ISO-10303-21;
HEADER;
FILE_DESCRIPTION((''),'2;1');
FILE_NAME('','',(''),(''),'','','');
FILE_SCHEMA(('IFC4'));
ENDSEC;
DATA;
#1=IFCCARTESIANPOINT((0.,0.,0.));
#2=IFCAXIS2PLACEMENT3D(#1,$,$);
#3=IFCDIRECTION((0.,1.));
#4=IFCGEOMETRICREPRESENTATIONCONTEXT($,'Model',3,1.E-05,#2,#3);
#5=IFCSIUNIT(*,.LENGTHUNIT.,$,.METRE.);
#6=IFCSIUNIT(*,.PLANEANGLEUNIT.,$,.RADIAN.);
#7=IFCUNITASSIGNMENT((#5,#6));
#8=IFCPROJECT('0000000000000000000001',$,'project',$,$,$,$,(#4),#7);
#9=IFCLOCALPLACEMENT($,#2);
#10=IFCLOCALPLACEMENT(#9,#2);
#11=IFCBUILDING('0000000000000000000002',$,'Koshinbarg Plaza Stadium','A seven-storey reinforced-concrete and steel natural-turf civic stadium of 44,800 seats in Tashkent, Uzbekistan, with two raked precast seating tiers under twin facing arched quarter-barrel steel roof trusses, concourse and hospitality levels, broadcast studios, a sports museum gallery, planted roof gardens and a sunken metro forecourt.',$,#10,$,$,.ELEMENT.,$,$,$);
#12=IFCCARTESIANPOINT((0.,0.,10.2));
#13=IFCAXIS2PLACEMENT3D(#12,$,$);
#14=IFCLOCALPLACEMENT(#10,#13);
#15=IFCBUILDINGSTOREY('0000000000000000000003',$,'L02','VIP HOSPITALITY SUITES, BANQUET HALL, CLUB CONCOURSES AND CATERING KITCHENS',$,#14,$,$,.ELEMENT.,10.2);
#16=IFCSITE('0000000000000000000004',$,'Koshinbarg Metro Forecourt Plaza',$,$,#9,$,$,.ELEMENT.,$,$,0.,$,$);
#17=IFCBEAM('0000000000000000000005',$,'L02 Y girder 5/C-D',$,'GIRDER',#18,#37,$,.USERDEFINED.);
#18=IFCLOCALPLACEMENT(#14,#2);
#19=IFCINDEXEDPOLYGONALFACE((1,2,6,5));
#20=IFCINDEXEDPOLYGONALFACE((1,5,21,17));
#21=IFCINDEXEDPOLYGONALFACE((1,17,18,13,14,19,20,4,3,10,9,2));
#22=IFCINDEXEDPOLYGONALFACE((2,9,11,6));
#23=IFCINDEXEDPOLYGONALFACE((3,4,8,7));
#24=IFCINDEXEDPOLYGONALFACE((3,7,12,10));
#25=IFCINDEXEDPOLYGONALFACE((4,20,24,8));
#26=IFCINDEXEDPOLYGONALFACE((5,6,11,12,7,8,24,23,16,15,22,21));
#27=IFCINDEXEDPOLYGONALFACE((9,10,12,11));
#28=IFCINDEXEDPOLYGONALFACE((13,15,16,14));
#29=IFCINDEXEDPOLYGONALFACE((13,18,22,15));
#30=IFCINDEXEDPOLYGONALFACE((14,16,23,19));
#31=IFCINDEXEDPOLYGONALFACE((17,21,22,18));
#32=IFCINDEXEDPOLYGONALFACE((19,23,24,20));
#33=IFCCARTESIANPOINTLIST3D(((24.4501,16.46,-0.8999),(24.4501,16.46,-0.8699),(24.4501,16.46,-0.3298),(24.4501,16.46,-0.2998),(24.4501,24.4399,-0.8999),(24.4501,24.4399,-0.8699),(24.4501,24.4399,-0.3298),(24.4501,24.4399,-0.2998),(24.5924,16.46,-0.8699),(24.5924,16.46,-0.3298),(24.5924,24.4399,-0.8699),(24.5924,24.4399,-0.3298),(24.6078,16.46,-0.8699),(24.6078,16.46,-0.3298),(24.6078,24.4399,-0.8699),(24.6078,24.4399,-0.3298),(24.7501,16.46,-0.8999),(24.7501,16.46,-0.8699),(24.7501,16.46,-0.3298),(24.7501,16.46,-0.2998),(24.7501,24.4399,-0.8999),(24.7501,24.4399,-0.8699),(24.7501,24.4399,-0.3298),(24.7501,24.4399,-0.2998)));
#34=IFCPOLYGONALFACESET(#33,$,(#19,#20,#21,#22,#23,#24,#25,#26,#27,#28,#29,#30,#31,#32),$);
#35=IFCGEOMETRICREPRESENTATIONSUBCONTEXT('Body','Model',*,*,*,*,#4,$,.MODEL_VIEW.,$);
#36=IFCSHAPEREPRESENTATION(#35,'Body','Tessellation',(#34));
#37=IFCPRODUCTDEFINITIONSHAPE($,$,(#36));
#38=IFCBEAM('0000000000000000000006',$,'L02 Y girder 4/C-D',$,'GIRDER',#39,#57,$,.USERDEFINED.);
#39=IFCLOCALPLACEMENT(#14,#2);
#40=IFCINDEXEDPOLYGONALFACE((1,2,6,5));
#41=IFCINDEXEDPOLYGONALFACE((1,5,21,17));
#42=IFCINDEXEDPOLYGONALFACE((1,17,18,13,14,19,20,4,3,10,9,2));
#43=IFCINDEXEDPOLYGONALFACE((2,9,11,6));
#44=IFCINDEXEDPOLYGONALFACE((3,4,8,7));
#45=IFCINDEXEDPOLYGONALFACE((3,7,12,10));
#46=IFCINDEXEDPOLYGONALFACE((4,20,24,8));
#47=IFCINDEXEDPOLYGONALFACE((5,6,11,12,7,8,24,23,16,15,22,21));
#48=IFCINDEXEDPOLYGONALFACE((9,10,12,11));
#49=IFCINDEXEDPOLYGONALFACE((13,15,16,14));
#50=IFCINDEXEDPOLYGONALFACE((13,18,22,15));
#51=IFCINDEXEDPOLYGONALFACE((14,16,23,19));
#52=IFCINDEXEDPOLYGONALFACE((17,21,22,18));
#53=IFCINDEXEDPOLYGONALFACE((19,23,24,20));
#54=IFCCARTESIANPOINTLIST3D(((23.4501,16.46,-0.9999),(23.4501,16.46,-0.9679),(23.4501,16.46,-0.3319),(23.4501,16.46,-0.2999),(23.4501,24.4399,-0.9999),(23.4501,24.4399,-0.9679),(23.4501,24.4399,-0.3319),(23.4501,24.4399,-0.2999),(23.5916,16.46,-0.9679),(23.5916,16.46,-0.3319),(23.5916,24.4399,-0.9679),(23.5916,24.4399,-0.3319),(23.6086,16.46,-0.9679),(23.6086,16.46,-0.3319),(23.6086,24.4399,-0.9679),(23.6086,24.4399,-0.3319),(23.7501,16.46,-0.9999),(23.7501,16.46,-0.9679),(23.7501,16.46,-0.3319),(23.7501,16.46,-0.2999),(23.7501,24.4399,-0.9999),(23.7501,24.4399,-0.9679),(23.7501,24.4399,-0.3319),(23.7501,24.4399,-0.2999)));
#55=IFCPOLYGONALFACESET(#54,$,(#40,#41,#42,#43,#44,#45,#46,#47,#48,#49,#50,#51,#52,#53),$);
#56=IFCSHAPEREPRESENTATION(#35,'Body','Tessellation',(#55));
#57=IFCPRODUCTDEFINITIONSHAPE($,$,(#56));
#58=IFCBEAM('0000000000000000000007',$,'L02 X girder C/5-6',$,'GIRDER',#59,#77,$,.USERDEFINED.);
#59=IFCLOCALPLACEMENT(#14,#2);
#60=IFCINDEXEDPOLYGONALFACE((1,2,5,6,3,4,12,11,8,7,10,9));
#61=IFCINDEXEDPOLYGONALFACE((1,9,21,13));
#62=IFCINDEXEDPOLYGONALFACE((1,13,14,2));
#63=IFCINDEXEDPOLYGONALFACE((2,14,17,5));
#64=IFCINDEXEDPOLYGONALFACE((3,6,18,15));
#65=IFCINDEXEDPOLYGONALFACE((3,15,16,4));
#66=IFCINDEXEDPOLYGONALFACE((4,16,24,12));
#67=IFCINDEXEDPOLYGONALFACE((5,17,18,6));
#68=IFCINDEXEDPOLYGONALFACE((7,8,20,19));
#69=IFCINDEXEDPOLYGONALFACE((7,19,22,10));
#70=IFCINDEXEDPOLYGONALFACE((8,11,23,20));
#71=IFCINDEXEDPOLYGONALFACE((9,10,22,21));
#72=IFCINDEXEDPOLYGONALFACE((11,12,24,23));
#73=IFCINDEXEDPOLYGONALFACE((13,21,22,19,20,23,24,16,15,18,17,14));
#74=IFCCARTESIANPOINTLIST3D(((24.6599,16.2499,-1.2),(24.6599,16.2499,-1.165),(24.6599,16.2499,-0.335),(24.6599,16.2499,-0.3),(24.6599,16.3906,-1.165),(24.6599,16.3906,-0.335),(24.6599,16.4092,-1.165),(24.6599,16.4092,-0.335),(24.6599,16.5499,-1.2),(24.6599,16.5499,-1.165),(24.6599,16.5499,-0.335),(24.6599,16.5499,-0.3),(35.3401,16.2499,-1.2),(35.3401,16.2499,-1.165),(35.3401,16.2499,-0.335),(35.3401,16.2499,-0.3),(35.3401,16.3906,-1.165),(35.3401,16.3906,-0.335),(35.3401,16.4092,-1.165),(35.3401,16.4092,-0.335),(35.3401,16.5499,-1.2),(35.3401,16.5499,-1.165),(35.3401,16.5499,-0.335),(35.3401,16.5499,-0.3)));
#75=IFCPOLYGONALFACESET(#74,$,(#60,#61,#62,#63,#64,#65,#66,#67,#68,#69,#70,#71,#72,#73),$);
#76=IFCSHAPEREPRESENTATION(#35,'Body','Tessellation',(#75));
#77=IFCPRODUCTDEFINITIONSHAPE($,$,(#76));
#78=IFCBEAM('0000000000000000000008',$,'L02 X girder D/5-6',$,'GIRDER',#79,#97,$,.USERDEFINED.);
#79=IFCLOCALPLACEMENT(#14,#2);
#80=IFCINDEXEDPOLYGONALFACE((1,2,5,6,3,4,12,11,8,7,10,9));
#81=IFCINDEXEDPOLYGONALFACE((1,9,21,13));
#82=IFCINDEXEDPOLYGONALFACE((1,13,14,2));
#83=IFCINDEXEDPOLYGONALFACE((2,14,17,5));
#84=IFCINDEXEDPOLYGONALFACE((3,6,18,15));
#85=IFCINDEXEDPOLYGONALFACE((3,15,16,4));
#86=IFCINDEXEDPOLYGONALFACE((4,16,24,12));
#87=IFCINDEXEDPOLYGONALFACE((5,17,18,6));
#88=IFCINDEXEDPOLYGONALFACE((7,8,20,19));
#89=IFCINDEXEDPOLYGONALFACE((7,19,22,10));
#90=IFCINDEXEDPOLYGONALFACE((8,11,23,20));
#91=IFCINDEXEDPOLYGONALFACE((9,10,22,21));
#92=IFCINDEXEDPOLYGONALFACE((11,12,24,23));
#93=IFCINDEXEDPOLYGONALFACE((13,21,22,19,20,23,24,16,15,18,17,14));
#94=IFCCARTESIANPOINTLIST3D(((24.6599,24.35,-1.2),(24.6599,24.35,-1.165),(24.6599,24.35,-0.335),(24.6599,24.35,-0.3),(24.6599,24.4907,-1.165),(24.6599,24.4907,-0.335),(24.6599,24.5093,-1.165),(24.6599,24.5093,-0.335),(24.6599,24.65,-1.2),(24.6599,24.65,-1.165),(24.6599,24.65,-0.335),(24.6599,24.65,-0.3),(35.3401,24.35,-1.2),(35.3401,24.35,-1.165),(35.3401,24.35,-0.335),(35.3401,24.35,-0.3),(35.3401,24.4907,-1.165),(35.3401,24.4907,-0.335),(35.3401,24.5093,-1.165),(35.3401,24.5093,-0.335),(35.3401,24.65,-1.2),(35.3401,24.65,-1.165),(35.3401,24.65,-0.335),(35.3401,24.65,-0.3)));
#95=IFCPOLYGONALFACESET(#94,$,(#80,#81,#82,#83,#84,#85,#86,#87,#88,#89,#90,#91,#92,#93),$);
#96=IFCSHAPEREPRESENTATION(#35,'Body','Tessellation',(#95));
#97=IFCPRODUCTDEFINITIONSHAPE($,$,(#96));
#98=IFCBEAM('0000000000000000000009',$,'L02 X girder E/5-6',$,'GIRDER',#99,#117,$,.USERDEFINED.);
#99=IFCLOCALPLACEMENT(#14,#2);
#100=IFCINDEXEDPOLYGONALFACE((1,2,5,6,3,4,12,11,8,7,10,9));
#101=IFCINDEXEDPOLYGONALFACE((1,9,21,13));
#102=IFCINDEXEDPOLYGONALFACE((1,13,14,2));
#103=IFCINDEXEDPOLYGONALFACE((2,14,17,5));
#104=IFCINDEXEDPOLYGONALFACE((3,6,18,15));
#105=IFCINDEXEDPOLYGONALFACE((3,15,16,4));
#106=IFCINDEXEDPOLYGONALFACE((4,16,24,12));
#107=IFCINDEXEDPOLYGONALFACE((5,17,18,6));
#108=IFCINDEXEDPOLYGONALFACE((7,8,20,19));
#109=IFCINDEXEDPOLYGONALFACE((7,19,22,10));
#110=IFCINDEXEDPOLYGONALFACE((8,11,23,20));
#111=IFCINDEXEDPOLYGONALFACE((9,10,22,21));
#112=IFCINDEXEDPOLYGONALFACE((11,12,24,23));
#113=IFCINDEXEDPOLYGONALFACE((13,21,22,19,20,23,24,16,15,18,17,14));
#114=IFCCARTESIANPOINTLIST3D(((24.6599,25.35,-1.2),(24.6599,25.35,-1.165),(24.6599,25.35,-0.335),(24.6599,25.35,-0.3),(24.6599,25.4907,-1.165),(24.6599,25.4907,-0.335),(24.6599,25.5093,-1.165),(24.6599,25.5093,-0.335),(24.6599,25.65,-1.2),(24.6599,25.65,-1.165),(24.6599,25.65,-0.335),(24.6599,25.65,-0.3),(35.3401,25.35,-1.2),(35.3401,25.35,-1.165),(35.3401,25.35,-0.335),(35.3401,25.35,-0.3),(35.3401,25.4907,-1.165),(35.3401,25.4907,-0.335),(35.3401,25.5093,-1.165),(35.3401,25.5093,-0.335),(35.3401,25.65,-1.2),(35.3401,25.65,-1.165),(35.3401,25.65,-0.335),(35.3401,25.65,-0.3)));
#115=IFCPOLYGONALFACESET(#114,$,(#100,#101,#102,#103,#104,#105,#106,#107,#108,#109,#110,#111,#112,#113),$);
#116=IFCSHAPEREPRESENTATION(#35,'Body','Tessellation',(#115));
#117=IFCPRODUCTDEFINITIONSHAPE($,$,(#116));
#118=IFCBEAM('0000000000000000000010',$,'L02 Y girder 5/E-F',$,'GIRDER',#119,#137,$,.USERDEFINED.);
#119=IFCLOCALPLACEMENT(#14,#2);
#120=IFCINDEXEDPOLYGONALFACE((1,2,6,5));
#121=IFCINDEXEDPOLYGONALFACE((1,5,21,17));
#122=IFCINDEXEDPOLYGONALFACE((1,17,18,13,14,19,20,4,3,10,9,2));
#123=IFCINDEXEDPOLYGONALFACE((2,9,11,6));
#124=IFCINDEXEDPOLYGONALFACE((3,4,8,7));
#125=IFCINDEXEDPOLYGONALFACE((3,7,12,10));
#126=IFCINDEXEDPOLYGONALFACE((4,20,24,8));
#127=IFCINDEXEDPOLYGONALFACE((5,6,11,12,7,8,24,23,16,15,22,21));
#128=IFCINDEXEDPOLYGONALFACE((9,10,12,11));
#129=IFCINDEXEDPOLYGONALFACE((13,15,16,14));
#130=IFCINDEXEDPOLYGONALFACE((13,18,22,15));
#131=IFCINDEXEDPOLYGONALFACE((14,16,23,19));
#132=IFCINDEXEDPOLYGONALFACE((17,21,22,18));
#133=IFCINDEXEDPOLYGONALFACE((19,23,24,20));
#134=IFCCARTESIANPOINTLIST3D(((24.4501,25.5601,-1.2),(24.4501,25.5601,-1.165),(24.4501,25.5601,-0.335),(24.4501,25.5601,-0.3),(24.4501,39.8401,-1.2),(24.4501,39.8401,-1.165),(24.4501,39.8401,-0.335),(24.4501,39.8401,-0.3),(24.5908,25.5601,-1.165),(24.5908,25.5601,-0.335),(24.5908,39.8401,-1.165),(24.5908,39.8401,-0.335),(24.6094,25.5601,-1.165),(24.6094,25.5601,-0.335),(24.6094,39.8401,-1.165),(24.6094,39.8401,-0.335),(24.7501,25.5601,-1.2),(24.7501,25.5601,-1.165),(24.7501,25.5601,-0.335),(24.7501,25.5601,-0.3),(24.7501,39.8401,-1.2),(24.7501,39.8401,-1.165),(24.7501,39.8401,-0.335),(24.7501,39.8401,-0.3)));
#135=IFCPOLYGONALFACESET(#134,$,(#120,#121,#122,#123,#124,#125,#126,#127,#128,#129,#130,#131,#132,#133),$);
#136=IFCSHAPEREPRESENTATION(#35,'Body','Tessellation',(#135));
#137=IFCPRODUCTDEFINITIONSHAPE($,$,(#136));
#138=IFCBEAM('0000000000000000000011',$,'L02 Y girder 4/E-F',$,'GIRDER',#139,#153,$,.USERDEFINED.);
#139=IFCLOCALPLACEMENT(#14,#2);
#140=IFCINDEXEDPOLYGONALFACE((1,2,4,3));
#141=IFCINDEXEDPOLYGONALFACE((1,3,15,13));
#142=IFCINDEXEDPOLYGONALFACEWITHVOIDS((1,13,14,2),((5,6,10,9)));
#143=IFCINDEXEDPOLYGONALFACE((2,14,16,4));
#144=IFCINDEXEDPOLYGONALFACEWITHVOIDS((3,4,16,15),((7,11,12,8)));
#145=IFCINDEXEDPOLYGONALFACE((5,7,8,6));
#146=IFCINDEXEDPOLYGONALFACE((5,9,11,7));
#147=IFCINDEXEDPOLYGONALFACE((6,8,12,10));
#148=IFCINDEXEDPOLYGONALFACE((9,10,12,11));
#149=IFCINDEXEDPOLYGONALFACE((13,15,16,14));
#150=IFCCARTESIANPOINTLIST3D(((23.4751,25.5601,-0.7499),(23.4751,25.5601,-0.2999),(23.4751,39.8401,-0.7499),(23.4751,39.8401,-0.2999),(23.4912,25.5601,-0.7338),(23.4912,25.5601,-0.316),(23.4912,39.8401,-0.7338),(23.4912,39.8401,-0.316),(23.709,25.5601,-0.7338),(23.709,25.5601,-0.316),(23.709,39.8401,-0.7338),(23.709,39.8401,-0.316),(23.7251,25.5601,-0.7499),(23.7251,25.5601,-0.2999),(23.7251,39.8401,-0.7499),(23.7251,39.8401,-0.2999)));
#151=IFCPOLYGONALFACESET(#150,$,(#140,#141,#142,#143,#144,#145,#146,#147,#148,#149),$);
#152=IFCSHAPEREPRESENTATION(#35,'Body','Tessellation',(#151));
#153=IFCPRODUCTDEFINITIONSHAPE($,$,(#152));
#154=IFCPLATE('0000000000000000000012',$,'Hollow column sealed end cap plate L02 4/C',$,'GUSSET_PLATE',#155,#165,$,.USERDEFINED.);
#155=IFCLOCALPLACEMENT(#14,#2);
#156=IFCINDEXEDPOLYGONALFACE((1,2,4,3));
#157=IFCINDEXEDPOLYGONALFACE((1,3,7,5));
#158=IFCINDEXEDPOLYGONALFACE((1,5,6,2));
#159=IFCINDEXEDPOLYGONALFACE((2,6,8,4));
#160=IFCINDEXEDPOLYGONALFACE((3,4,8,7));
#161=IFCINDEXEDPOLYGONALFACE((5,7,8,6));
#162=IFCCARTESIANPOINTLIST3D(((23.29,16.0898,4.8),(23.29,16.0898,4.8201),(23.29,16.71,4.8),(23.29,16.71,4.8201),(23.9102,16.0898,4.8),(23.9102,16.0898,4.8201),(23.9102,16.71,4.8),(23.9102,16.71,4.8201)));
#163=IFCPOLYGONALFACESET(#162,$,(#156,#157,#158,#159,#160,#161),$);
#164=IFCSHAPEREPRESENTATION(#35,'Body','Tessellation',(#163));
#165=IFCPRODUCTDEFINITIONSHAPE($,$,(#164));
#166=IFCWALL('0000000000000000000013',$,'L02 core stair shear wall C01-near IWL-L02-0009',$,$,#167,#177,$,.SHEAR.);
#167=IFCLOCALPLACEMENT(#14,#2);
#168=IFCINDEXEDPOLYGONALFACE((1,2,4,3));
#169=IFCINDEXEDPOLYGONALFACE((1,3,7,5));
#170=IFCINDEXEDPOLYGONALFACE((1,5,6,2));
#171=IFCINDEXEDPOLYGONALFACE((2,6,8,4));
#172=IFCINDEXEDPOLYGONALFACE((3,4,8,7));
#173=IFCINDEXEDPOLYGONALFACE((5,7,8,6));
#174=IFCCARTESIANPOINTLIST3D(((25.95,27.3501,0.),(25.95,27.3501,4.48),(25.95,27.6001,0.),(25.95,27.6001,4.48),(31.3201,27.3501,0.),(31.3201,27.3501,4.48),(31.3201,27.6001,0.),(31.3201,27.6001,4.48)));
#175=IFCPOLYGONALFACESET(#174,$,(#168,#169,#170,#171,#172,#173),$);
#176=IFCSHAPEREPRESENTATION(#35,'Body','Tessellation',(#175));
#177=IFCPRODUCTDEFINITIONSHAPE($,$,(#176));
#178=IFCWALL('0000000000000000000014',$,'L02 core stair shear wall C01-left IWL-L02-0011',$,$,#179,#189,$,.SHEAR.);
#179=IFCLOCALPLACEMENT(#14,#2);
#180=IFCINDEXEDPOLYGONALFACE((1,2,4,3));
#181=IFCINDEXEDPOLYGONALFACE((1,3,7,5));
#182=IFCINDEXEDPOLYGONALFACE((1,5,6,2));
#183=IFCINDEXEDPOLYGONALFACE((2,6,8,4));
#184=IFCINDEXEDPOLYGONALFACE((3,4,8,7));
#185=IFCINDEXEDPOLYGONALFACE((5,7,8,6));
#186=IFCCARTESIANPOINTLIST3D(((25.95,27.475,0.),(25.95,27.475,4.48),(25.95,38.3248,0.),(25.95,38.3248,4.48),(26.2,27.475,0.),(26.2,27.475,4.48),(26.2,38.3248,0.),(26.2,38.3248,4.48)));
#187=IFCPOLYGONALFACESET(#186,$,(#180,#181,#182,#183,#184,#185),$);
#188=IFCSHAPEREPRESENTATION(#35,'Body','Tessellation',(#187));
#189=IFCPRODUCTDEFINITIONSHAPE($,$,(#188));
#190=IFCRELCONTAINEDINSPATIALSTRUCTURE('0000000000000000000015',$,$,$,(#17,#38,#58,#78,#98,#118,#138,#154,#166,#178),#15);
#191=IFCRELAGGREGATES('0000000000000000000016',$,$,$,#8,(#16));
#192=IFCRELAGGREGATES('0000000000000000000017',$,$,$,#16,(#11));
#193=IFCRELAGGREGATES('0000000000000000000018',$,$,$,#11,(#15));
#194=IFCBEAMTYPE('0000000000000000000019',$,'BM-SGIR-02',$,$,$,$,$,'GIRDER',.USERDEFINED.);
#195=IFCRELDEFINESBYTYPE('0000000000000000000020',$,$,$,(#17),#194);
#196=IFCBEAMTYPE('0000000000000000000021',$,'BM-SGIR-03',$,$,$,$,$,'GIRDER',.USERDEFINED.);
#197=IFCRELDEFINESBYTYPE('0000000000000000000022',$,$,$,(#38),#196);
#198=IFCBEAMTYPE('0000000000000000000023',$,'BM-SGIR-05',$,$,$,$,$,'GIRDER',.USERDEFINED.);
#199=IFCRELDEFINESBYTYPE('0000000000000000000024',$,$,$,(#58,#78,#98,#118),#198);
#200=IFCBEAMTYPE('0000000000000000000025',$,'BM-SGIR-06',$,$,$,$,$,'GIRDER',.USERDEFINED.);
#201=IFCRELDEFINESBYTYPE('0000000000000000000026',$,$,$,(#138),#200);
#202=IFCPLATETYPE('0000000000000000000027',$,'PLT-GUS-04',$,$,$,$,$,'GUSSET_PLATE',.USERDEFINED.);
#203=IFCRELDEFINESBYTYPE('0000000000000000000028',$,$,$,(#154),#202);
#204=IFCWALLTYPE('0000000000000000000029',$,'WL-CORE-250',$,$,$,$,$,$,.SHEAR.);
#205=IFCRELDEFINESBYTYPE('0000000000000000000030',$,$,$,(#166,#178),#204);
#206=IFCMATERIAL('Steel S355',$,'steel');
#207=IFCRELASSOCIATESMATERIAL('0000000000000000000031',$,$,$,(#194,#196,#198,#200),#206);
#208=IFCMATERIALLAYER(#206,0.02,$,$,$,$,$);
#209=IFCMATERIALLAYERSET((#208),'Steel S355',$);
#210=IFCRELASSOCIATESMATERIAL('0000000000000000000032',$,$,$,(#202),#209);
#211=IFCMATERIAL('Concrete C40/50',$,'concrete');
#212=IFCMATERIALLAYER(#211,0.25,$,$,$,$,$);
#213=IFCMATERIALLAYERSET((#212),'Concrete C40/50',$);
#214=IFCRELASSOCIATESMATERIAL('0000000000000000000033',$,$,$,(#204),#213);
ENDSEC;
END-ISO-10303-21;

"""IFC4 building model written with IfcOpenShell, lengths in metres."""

from ifc_helpers import new_model, si_unit, direction, frame, frame_2d, origin, origin_2d, place, context, subcontext, project, spatial, rectangle, hollow_rectangle, i_section, extrude, material, layer, layer_set, material_profile, profile_set, type_object, element, save


model = new_model("IFC4")

# Units and contexts
model_context = context("Model", 3, precision=1e-05, world=origin(), true_north=direction((0.0, 1.0)))
body_context = subcontext(model_context, "Body", "Model", "MODEL_VIEW")
ifc_project = project(units=[si_unit("LENGTHUNIT", "METRE"), si_unit("PLANEANGLEUNIT", "RADIAN")], contexts=[model_context])

# Site, building, storey
site_placement = place(None, origin())
site = spatial("IfcSite", under=ifc_project, at=site_placement, Name="Koshinbarg Metro Forecourt Plaza", CompositionType="ELEMENT", RefElevation=0.0)
building_placement = place(site_placement, origin())
building = spatial("IfcBuilding", under=site, at=building_placement, Name="Koshinbarg Plaza Stadium", Description="A seven-storey reinforced-concrete and steel natural-turf civic stadium of 44,800 seats in Tashkent, Uzbekistan, with two raked precast seating tiers under twin facing arched quarter-barrel steel roof trusses, concourse and hospitality levels, broadcast studios, a sports museum gallery, planted roof gardens and a sunken metro forecourt.", CompositionType="ELEMENT")
storey_placement = place(building_placement, frame((0.0, 0.0, 10.2)))
storey = spatial("IfcBuildingStorey", under=building, at=storey_placement, Name="L02", Description="VIP HOSPITALITY SUITES, BANQUET HALL, CLUB CONCOURSES AND CATERING KITCHENS", CompositionType="ELEMENT", Elevation=10.2)

# Shared definitions
ifc_material_1 = material(Name="Concrete C40/50", Category="concrete")
ifc_material_2 = material(Name="Steel S355", Category="steel")

# Beams
ifc_material_profile_1 = material_profile(ifc_material_2, i_section(OverallWidth=0.3, OverallDepth=0.6001, WebThickness=0.0154, FlangeThickness=0.03, at=origin_2d()), Name="HEB 600")
ifc_profile_set_1 = profile_set([ifc_material_profile_1], Name="Steel S355")
beam_type_1 = type_object("IfcBeamType", Name="BM-SGIR-02", ElementType="GIRDER", PredefinedType="USERDEFINED", material=ifc_profile_set_1)
beam_1_placement = place(storey_placement, frame((24.6001, 16.46, -0.5999), z_axis=(0.0, 1.0, 0.0), x_axis=(-1.0, 0.0, 0.0)))
element("IfcBeam", 1, at=beam_1_placement, inside=storey, type_object=beam_type_1, Name="L02 Y girder 5/C-D", ObjectType="GIRDER", PredefinedType="USERDEFINED", context=body_context, shape_type="SweptSolid", body=[
    extrude(i_section(OverallWidth=0.3, OverallDepth=0.6001, WebThickness=0.0154, FlangeThickness=0.03, at=origin_2d()), origin(), (0.0, 0.0, 1.0), 7.98),
])
ifc_material_profile_2 = material_profile(ifc_material_2, i_section(OverallWidth=0.3, OverallDepth=0.7, WebThickness=0.0171, FlangeThickness=0.032, at=origin_2d()), Name="HEB 700")
ifc_profile_set_2 = profile_set([ifc_material_profile_2], Name="Steel S355")
beam_type_2 = type_object("IfcBeamType", Name="BM-SGIR-03", ElementType="GIRDER", PredefinedType="USERDEFINED", material=ifc_profile_set_2)
beam_2_placement = place(storey_placement, frame((23.6001, 16.46, -0.6499), z_axis=(0.0, 1.0, 0.0), x_axis=(-1.0, 0.0, 0.0)))
element("IfcBeam", 2, at=beam_2_placement, inside=storey, type_object=beam_type_2, Name="L02 Y girder 4/C-D", ObjectType="GIRDER", PredefinedType="USERDEFINED", context=body_context, shape_type="SweptSolid", body=[
    extrude(i_section(OverallWidth=0.3, OverallDepth=0.7, WebThickness=0.0171, FlangeThickness=0.032, at=origin_2d()), origin(), (0.0, 0.0, 1.0), 7.98),
])
ifc_material_profile_3 = material_profile(ifc_material_2, i_section(OverallWidth=0.3, OverallDepth=0.8999, WebThickness=0.0186, FlangeThickness=0.0349, at=origin_2d()), Name="HEB 900")
ifc_profile_set_3 = profile_set([ifc_material_profile_3], Name="Steel S355")
beam_type_3 = type_object("IfcBeamType", Name="BM-SGIR-05", ElementType="GIRDER", PredefinedType="USERDEFINED", material=ifc_profile_set_3)
for number, where, z_axis, x_axis, name in (
    (3, (24.6599, 16.3999, -0.75), (1.0, 0.0, 0.0), (0.0, 1.0, 0.0), "L02 X girder C/5-6"),
    (4, (24.6599, 24.5, -0.75), (1.0, 0.0, 0.0), (0.0, 1.0, 0.0), "L02 X girder D/5-6"),
    (5, (24.6599, 25.5, -0.75), (1.0, 0.0, 0.0), (0.0, 1.0, 0.0), "L02 X girder E/5-6"),
):
    element("IfcBeam", number, at=place(storey_placement, frame(where, z_axis=z_axis, x_axis=x_axis)), inside=storey, type_object=beam_type_3, Name=name, ObjectType="GIRDER", PredefinedType="USERDEFINED", context=body_context, shape_type="SweptSolid", body=[
        extrude(i_section(OverallWidth=0.3, OverallDepth=0.8999, WebThickness=0.0186, FlangeThickness=0.0349, at=origin_2d()), origin(), (0.0, 0.0, 1.0), 10.6802),
    ])
beam_3_placement = place(storey_placement, frame((24.6001, 25.5601, -0.75), z_axis=(0.0, 1.0, 0.0), x_axis=(-1.0, 0.0, 0.0)))
element("IfcBeam", 6, at=beam_3_placement, inside=storey, type_object=beam_type_3, Name="L02 Y girder 5/E-F", ObjectType="GIRDER", PredefinedType="USERDEFINED", context=body_context, shape_type="SweptSolid", body=[
    extrude(i_section(OverallWidth=0.3, OverallDepth=0.8999, WebThickness=0.0186, FlangeThickness=0.0349, at=origin_2d()), origin(), (0.0, 0.0, 1.0), 14.28),
])
ifc_material_profile_4 = material_profile(ifc_material_2, hollow_rectangle(XDim=0.25, YDim=0.45, WallThickness=0.0161, at=origin_2d()), Name="RHS 450x250x16")
ifc_profile_set_4 = profile_set([ifc_material_profile_4], Name="Steel S355")
beam_type_4 = type_object("IfcBeamType", Name="BM-SGIR-06", ElementType="GIRDER", PredefinedType="USERDEFINED", material=ifc_profile_set_4)
beam_4_placement = place(storey_placement, frame((23.6001, 25.5601, -0.5249), z_axis=(0.0, 1.0, 0.0), x_axis=(-1.0, 0.0, 0.0)))
element("IfcBeam", 7, at=beam_4_placement, inside=storey, type_object=beam_type_4, Name="L02 Y girder 4/E-F", ObjectType="GIRDER", PredefinedType="USERDEFINED", context=body_context, shape_type="SweptSolid", body=[
    extrude(hollow_rectangle(XDim=0.25, YDim=0.45, WallThickness=0.0161, at=origin_2d()), origin(), (0.0, 0.0, 1.0), 14.28),
])

# Plate
ifc_layer_1 = layer(ifc_material_2, 0.02)
ifc_layer_set_1 = layer_set([ifc_layer_1], Name="Steel S355")
plate_type = type_object("IfcPlateType", Name="PLT-GUS-04", ElementType="GUSSET_PLATE", PredefinedType="USERDEFINED", material=ifc_layer_set_1)
plate_placement = place(storey_placement, frame((23.6001, 16.3999, 4.8), z_axis=(0.0, 0.0, 1.0), x_axis=(1.0, 0.0, 0.0)))
element("IfcPlate", 8, at=plate_placement, inside=storey, type_object=plate_type, Name="Hollow column sealed end cap plate L02 4/C", ObjectType="GUSSET_PLATE", PredefinedType="USERDEFINED", context=body_context, shape_type="SweptSolid", body=[
    extrude(rectangle(XDim=0.6201, YDim=0.6201, at=origin_2d()), origin(), (0.0, 0.0, 1.0), 0.02),
])

# Walls
ifc_layer_2 = layer(ifc_material_1, 0.25)
ifc_layer_set_2 = layer_set([ifc_layer_2], Name="Concrete C40/50")
wall_type_1 = type_object("IfcWallType", Name="WL-CORE-250", PredefinedType="SHEAR", material=ifc_layer_set_2)
wall_1_placement = place(storey_placement, frame((25.95, 27.4751, 0.0), z_axis=(0.0, 0.0, 1.0), x_axis=(1.0, 0.0, 0.0)))
element("IfcWall", 9, at=wall_1_placement, inside=storey, type_object=wall_type_1, Name="L02 core stair shear wall C01-near IWL-L02-0009", PredefinedType="SHEAR", context=body_context, shape_type="SweptSolid", body=[
    extrude(rectangle(XDim=5.3701, YDim=0.25, at=frame_2d((2.6851, 0.0))), origin(), (0.0, 0.0, 1.0), 4.48),
])
wall_2_placement = place(storey_placement, frame((26.075, 27.4751, 0.0), z_axis=(0.0, 0.0, 1.0), x_axis=(0.0, 1.0, 0.0)))
element("IfcWall", 10, at=wall_2_placement, inside=storey, type_object=wall_type_1, Name="L02 core stair shear wall C01-left IWL-L02-0011", PredefinedType="SHEAR", context=body_context, shape_type="SweptSolid", body=[
    extrude(rectangle(XDim=10.8499, YDim=0.25, at=frame_2d((5.4248, 0.0))), origin(), (0.0, 0.0, 1.0), 4.48),
])

save(model, "model.ifc")
